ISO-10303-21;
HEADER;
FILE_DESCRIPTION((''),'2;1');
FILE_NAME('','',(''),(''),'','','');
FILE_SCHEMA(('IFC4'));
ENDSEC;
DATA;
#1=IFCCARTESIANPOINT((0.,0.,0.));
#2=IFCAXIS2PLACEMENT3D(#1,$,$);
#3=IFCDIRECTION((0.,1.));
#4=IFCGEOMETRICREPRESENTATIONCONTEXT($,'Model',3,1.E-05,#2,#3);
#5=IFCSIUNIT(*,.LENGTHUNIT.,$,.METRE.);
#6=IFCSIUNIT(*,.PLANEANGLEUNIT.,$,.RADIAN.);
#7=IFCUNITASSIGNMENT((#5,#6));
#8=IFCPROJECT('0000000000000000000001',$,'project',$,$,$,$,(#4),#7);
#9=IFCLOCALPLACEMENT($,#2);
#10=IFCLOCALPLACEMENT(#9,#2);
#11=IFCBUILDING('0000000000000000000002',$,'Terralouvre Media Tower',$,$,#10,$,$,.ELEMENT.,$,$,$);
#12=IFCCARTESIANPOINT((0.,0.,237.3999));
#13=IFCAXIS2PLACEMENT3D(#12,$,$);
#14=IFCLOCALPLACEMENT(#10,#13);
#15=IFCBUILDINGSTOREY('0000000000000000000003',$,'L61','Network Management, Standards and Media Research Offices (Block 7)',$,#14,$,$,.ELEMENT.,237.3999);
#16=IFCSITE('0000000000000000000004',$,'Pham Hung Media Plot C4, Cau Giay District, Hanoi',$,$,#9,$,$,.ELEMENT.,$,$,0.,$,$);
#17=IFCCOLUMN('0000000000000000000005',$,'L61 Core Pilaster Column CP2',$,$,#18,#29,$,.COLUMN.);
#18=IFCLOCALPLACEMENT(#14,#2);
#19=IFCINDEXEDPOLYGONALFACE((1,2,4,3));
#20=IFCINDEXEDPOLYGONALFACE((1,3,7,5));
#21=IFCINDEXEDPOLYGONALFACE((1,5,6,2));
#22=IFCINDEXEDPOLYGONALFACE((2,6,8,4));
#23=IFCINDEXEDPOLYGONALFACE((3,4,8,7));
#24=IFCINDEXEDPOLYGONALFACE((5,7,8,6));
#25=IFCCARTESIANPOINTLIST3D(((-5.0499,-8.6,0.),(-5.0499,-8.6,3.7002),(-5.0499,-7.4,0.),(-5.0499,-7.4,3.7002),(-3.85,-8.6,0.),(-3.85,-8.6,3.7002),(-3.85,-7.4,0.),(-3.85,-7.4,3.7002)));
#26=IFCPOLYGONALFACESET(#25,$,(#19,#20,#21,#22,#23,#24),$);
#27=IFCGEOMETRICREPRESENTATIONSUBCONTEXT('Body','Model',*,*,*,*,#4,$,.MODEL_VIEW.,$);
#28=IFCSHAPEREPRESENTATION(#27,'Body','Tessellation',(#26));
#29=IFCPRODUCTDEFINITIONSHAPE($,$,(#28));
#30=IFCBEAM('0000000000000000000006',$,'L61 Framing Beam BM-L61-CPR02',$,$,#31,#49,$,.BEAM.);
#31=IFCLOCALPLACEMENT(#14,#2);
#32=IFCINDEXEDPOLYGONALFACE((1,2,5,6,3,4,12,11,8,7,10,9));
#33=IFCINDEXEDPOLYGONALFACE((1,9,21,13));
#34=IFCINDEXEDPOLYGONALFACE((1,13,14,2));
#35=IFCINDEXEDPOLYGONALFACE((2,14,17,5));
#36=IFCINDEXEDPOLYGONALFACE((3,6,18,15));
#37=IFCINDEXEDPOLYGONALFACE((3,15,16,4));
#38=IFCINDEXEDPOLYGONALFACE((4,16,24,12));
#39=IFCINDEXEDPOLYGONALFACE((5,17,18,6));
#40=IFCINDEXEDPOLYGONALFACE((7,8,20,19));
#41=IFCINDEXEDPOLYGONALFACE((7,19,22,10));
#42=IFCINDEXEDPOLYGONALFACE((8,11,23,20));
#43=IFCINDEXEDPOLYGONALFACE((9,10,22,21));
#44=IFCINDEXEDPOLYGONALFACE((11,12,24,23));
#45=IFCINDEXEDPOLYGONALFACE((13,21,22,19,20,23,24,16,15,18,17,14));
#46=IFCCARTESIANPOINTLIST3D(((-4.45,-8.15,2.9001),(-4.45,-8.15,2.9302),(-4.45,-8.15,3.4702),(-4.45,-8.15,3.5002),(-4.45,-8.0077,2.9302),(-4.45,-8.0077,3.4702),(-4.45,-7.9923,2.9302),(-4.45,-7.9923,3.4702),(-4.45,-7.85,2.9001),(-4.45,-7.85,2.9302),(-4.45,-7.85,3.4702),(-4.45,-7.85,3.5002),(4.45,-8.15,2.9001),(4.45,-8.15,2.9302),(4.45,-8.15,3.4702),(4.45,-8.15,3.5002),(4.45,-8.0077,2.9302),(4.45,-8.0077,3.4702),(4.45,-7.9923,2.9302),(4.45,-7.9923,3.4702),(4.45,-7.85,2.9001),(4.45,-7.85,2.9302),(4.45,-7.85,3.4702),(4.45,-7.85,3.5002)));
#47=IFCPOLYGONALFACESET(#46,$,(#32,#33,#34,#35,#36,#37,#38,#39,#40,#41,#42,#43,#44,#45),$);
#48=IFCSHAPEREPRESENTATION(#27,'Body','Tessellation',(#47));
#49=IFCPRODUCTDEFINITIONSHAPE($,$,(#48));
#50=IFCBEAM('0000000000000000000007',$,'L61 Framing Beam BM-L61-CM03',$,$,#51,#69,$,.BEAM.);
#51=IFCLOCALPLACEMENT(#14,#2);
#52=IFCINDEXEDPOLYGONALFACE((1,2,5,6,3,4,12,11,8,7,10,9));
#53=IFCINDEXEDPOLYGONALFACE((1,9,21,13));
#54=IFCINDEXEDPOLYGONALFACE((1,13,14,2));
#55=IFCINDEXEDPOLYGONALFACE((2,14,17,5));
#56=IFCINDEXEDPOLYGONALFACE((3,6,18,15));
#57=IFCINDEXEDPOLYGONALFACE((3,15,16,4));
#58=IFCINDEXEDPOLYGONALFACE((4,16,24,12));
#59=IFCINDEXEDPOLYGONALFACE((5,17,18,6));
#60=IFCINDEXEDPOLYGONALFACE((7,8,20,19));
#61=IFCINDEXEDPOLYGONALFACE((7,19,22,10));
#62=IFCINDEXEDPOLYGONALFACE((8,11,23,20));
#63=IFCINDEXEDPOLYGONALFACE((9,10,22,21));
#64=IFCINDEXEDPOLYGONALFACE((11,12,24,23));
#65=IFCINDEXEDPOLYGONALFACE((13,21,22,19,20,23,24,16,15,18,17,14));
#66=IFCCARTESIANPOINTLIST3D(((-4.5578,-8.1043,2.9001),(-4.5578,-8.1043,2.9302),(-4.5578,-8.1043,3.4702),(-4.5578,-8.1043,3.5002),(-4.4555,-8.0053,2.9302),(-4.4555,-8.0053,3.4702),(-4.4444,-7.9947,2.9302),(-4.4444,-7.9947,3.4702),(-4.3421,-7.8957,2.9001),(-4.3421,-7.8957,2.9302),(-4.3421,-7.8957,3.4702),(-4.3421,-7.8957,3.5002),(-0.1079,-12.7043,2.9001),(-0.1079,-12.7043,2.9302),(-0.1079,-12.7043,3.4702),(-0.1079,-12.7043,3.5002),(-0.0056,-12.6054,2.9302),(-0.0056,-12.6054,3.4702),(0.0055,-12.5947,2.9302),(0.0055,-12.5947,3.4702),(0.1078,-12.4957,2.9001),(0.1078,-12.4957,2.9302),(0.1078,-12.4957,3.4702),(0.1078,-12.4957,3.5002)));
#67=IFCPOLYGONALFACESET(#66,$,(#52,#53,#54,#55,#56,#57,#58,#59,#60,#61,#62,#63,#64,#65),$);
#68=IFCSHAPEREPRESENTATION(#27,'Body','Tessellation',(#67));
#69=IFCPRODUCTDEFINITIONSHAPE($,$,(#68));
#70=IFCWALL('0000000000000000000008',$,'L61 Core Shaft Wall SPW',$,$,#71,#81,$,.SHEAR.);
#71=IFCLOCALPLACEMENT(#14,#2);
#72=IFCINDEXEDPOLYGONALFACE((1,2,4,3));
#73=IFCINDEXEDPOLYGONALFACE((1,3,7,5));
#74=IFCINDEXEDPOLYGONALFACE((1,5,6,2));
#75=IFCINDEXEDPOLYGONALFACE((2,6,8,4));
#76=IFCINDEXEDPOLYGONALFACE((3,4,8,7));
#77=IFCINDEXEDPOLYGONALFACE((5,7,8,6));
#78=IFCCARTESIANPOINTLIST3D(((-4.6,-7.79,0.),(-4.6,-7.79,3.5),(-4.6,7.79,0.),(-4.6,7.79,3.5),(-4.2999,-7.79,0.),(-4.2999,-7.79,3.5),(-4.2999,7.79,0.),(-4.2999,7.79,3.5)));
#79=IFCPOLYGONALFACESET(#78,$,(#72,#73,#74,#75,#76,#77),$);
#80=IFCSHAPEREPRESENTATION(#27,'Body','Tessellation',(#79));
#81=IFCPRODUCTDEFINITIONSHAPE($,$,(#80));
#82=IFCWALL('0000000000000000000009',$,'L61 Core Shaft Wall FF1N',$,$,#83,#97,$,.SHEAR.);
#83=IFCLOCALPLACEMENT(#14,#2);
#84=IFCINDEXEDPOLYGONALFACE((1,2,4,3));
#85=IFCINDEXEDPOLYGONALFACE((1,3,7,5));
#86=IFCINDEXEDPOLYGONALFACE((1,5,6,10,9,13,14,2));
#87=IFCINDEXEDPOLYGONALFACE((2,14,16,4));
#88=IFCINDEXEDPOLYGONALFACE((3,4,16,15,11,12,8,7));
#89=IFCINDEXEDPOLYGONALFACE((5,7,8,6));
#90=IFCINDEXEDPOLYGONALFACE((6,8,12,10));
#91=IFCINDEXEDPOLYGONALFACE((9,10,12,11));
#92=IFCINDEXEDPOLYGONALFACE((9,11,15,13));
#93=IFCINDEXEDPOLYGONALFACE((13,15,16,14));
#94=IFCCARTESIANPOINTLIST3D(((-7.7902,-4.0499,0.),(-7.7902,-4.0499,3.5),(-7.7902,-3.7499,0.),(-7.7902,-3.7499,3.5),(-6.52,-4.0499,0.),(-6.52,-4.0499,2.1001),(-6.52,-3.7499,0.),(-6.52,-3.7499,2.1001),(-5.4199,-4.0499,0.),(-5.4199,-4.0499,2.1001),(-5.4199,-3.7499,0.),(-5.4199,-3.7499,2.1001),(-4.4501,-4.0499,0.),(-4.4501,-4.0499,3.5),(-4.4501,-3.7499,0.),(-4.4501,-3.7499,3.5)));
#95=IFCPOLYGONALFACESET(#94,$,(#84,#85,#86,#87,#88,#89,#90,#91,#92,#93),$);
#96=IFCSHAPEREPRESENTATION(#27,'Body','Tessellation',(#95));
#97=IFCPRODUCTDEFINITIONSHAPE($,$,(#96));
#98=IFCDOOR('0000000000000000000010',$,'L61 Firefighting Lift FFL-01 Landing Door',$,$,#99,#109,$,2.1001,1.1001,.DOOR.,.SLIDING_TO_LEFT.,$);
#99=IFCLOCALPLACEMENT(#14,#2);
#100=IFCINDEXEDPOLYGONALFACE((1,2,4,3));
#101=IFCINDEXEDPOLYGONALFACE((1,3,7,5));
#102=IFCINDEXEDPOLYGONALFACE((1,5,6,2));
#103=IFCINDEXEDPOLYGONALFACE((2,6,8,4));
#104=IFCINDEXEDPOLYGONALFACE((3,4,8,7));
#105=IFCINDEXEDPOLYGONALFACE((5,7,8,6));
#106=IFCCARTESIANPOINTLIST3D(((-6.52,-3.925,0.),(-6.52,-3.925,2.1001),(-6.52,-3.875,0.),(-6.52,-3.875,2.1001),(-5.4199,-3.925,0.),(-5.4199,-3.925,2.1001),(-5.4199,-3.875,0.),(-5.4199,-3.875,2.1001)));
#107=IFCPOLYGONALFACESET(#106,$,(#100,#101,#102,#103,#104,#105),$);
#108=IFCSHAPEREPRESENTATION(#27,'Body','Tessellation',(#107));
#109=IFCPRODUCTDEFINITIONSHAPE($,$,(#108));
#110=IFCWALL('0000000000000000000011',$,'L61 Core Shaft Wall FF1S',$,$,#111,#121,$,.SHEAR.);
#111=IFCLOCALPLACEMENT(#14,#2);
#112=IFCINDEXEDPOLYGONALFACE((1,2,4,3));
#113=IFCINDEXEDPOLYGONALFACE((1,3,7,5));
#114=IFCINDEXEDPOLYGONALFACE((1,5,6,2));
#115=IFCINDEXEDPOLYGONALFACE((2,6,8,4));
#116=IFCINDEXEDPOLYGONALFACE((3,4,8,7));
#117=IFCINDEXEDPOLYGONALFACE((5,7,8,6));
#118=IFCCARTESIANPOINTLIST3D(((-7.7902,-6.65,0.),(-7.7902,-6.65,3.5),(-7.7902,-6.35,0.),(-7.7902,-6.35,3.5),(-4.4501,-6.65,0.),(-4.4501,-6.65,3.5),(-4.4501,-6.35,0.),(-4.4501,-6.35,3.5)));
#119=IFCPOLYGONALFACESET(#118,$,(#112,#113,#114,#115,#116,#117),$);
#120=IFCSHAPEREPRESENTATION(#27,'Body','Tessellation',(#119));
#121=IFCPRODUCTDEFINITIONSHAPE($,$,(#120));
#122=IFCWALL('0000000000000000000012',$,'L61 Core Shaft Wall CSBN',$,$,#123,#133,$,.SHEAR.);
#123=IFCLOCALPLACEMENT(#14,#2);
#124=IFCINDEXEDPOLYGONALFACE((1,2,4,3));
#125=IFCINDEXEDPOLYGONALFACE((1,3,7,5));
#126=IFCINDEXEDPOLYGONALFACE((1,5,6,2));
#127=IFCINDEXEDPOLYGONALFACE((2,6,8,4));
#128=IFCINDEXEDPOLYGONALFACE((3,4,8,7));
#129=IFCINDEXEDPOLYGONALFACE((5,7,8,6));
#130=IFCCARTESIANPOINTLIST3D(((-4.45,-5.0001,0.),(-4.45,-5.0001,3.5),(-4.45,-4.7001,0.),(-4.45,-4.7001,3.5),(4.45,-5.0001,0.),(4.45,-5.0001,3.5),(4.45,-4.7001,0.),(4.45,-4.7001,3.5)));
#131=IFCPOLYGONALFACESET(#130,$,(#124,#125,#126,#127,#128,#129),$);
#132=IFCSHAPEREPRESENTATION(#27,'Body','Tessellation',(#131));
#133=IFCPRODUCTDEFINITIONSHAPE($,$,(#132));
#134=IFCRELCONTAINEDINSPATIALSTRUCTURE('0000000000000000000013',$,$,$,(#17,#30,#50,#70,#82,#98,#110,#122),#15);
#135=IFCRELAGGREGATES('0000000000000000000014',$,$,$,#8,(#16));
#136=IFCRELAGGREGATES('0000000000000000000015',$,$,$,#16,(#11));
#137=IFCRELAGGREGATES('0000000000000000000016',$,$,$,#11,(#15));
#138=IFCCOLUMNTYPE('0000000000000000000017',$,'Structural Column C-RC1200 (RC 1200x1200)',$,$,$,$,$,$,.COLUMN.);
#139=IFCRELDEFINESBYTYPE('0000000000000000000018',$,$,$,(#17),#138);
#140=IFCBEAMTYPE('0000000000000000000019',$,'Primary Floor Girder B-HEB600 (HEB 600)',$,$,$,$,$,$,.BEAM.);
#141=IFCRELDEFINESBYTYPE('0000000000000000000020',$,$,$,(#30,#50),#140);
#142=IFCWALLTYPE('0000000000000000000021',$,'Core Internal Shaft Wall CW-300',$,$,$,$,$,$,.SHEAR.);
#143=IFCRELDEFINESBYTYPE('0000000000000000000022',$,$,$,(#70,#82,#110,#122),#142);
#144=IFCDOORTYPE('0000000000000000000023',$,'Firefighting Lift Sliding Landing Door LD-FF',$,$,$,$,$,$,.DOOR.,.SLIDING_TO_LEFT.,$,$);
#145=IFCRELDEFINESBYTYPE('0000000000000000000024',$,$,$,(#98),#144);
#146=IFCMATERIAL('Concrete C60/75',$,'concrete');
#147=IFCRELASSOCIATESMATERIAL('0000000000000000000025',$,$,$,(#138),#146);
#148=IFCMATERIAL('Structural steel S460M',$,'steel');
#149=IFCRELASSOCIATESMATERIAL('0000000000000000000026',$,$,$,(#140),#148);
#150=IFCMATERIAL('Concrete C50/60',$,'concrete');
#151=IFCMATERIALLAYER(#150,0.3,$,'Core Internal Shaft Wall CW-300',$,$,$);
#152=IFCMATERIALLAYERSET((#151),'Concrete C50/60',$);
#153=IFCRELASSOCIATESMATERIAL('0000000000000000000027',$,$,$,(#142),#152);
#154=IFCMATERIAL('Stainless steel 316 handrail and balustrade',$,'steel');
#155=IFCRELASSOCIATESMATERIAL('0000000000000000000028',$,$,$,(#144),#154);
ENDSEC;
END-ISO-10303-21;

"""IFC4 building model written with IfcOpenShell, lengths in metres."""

from ifc_helpers import new_model, si_unit, direction, frame, frame_2d, origin, origin_2d, place, context, subcontext, project, spatial, rectangle, i_section, extrude, material, layer, layer_set, material_profile, profile_set, type_object, element, fill, save


model = new_model("IFC4")

# Units and contexts
model_context = context("Model", 3, precision=1e-05, world=origin(), true_north=direction((0.0, 1.0)))
body_context = subcontext(model_context, "Body", "Model", "MODEL_VIEW")
ifc_project = project(units=[si_unit("LENGTHUNIT", "METRE"), si_unit("PLANEANGLEUNIT", "RADIAN")], contexts=[model_context])

# Site, building, storey
site_placement = place(None, origin())
site = spatial("IfcSite", under=ifc_project, at=site_placement, Name="Pham Hung Media Plot C4, Cau Giay District, Hanoi", CompositionType="ELEMENT", RefElevation=0.0)
building_placement = place(site_placement, origin())
building = spatial("IfcBuilding", under=site, at=building_placement, Name="Terralouvre Media Tower", CompositionType="ELEMENT")
storey_placement = place(building_placement, frame((0.0, 0.0, 237.3999)))
storey = spatial("IfcBuildingStorey", under=building, at=storey_placement, Name="L61", Description="Network Management, Standards and Media Research Offices (Block 7)", CompositionType="ELEMENT", Elevation=237.3999)

# Column
ifc_material_1 = material(Name="Concrete C60/75", Category="concrete")
ifc_material_profile_1 = material_profile(ifc_material_1, rectangle(XDim=1.2, YDim=1.2, at=origin_2d()), Name="RC 1200x1200")
ifc_profile_set_1 = profile_set([ifc_material_profile_1], Name="Concrete C60/75")
column_type = type_object("IfcColumnType", Name="Structural Column C-RC1200 (RC 1200x1200)", PredefinedType="COLUMN", material=ifc_profile_set_1)
column_placement = place(storey_placement, frame((-4.45, -8.0, 0.0), z_axis=(0.0, 0.0, 1.0), x_axis=(1.0, 0.0, 0.0)))
element("IfcColumn", 1, at=column_placement, inside=storey, type_object=column_type, Name="L61 Core Pilaster Column CP2", PredefinedType="COLUMN", context=body_context, shape_type="SweptSolid", body=[
    extrude(rectangle(XDim=1.2, YDim=1.2, at=origin_2d()), origin(), (0.0, 0.0, 1.0), 3.7002),
])

# Beams
ifc_material_2 = material(Name="Structural steel S460M", Category="steel")
ifc_material_profile_2 = material_profile(ifc_material_2, i_section(OverallWidth=0.3, OverallDepth=0.6001, WebThickness=0.0154, FlangeThickness=0.03, at=origin_2d()), Name="HEB 600")
ifc_profile_set_2 = profile_set([ifc_material_profile_2], Name="Structural steel S460M")
beam_type = type_object("IfcBeamType", Name="Primary Floor Girder B-HEB600 (HEB 600)", PredefinedType="BEAM", material=ifc_profile_set_2)
beam_1_placement = place(storey_placement, frame((-4.45, -8.0, 3.2002), z_axis=(1.0, 0.0, 0.0), x_axis=(0.0, 1.0, 0.0)))
element("IfcBeam", 2, at=beam_1_placement, inside=storey, type_object=beam_type, Name="L61 Framing Beam BM-L61-CPR02", PredefinedType="BEAM", context=body_context, shape_type="SweptSolid", body=[
    extrude(i_section(OverallWidth=0.3, OverallDepth=0.6001, WebThickness=0.0154, FlangeThickness=0.03, at=origin_2d()), origin(), (0.0, 0.0, 1.0), 8.8999),
])
beam_2_placement = place(storey_placement, frame((-4.45, -8.0, 3.2002), z_axis=(0.69528, -0.718739, 0.0), x_axis=(0.718739, 0.69528, 0.0)))
element("IfcBeam", 3, at=beam_2_placement, inside=storey, type_object=beam_type, Name="L61 Framing Beam BM-L61-CM03", PredefinedType="BEAM", context=body_context, shape_type="SweptSolid", body=[
    extrude(i_section(OverallWidth=0.3, OverallDepth=0.6001, WebThickness=0.0154, FlangeThickness=0.03, at=origin_2d()), origin(), (0.0, 0.0, 1.0), 6.4001),
])

# Wall
ifc_material_3 = material(Name="Concrete C50/60", Category="concrete")
ifc_layer_1 = layer(ifc_material_3, 0.3, Name="Core Internal Shaft Wall CW-300")
ifc_layer_set_1 = layer_set([ifc_layer_1], Name="Concrete C50/60")
wall_type_1 = type_object("IfcWallType", Name="Core Internal Shaft Wall CW-300", PredefinedType="SHEAR", material=ifc_layer_set_1)
wall_1_placement = place(storey_placement, frame((-4.45, -7.79, 0.0), z_axis=(0.0, 0.0, 1.0), x_axis=(0.0, 1.0, 0.0)))
element("IfcWall", 4, at=wall_1_placement, inside=storey, type_object=wall_type_1, Name="L61 Core Shaft Wall SPW", PredefinedType="SHEAR", context=body_context, shape_type="SweptSolid", body=[
    extrude(rectangle(XDim=15.5801, YDim=0.3, at=frame_2d((7.79, 0.0))), origin(), (0.0, 0.0, 1.0), 3.5),
])

# Wall, opening, door
wall_2_placement = place(storey_placement, frame((-7.79, -3.8999, 0.0), z_axis=(0.0, 0.0, 1.0), x_axis=(1.0, 0.0, 0.0)))
wall_2 = element("IfcWall", 5, at=wall_2_placement, inside=storey, type_object=wall_type_1, Name="L61 Core Shaft Wall FF1N", PredefinedType="SHEAR", context=body_context, shape_type="SweptSolid", body=[
    extrude(rectangle(XDim=3.3401, YDim=0.3, at=frame_2d((1.6699, 0.0))), origin(), (0.0, 0.0, 1.0), 3.5),
])
opening_1_placement = place(wall_2_placement, frame((1.27, 0.0, 0.0)))
opening_1 = element("IfcOpeningElement", 6, at=opening_1_placement, cuts=wall_2, PredefinedType="OPENING", context=body_context, shape_type="SweptSolid", body=[
    extrude(rectangle(XDim=1.1001, YDim=2.1001, at=frame_2d((0.55, 1.05))), frame((0.0, 0.1599, 0.0), z_axis=(0.0, -1.0, 0.0), x_axis=(1.0, 0.0, 0.0)), (0.0, 0.0, 1.0), 0.3201),
])
ifc_material_4 = material(Name="Stainless steel 316 handrail and balustrade", Category="steel")
door_type_1 = type_object("IfcDoorType", Name="Firefighting Lift Sliding Landing Door LD-FF", OperationType="SLIDING_TO_LEFT", PredefinedType="DOOR", material=ifc_material_4)
door_1_placement = place(opening_1_placement, origin())
door_1 = element("IfcDoor", 7, at=door_1_placement, inside=storey, type_object=door_type_1, Name="L61 Firefighting Lift FFL-01 Landing Door", OperationType="SLIDING_TO_LEFT", OverallHeight=2.1001, OverallWidth=1.1001, PredefinedType="DOOR", context=body_context, shape_type="SweptSolid", body=[
    extrude(rectangle(XDim=1.1001, YDim=2.1001, at=frame_2d((0.55, 1.05))), frame((0.0, 0.0249, 0.0), z_axis=(0.0, -1.0, 0.0), x_axis=(1.0, 0.0, 0.0)), (0.0, 0.0, 1.0), 0.05),
])
fill(opening_1, door_1)

# Walls
wall_3_placement = place(storey_placement, frame((-7.79, -6.5, 0.0), z_axis=(0.0, 0.0, 1.0), x_axis=(1.0, 0.0, 0.0)))
element("IfcWall", 8, at=wall_3_placement, inside=storey, type_object=wall_type_1, Name="L61 Core Shaft Wall FF1S", PredefinedType="SHEAR", context=body_context, shape_type="SweptSolid", body=[
    extrude(rectangle(XDim=3.3401, YDim=0.3, at=frame_2d((1.6699, 0.0))), origin(), (0.0, 0.0, 1.0), 3.5),
])
wall_4_placement = place(storey_placement, frame((-4.45, -4.8501, 0.0), z_axis=(0.0, 0.0, 1.0), x_axis=(1.0, 0.0, 0.0)))
element("IfcWall", 9, at=wall_4_placement, inside=storey, type_object=wall_type_1, Name="L61 Core Shaft Wall CSBN", PredefinedType="SHEAR", context=body_context, shape_type="SweptSolid", body=[
    extrude(rectangle(XDim=8.8999, YDim=0.3, at=frame_2d((4.45, 0.0))), origin(), (0.0, 0.0, 1.0), 3.5),
])

save(model, "model.ifc")
